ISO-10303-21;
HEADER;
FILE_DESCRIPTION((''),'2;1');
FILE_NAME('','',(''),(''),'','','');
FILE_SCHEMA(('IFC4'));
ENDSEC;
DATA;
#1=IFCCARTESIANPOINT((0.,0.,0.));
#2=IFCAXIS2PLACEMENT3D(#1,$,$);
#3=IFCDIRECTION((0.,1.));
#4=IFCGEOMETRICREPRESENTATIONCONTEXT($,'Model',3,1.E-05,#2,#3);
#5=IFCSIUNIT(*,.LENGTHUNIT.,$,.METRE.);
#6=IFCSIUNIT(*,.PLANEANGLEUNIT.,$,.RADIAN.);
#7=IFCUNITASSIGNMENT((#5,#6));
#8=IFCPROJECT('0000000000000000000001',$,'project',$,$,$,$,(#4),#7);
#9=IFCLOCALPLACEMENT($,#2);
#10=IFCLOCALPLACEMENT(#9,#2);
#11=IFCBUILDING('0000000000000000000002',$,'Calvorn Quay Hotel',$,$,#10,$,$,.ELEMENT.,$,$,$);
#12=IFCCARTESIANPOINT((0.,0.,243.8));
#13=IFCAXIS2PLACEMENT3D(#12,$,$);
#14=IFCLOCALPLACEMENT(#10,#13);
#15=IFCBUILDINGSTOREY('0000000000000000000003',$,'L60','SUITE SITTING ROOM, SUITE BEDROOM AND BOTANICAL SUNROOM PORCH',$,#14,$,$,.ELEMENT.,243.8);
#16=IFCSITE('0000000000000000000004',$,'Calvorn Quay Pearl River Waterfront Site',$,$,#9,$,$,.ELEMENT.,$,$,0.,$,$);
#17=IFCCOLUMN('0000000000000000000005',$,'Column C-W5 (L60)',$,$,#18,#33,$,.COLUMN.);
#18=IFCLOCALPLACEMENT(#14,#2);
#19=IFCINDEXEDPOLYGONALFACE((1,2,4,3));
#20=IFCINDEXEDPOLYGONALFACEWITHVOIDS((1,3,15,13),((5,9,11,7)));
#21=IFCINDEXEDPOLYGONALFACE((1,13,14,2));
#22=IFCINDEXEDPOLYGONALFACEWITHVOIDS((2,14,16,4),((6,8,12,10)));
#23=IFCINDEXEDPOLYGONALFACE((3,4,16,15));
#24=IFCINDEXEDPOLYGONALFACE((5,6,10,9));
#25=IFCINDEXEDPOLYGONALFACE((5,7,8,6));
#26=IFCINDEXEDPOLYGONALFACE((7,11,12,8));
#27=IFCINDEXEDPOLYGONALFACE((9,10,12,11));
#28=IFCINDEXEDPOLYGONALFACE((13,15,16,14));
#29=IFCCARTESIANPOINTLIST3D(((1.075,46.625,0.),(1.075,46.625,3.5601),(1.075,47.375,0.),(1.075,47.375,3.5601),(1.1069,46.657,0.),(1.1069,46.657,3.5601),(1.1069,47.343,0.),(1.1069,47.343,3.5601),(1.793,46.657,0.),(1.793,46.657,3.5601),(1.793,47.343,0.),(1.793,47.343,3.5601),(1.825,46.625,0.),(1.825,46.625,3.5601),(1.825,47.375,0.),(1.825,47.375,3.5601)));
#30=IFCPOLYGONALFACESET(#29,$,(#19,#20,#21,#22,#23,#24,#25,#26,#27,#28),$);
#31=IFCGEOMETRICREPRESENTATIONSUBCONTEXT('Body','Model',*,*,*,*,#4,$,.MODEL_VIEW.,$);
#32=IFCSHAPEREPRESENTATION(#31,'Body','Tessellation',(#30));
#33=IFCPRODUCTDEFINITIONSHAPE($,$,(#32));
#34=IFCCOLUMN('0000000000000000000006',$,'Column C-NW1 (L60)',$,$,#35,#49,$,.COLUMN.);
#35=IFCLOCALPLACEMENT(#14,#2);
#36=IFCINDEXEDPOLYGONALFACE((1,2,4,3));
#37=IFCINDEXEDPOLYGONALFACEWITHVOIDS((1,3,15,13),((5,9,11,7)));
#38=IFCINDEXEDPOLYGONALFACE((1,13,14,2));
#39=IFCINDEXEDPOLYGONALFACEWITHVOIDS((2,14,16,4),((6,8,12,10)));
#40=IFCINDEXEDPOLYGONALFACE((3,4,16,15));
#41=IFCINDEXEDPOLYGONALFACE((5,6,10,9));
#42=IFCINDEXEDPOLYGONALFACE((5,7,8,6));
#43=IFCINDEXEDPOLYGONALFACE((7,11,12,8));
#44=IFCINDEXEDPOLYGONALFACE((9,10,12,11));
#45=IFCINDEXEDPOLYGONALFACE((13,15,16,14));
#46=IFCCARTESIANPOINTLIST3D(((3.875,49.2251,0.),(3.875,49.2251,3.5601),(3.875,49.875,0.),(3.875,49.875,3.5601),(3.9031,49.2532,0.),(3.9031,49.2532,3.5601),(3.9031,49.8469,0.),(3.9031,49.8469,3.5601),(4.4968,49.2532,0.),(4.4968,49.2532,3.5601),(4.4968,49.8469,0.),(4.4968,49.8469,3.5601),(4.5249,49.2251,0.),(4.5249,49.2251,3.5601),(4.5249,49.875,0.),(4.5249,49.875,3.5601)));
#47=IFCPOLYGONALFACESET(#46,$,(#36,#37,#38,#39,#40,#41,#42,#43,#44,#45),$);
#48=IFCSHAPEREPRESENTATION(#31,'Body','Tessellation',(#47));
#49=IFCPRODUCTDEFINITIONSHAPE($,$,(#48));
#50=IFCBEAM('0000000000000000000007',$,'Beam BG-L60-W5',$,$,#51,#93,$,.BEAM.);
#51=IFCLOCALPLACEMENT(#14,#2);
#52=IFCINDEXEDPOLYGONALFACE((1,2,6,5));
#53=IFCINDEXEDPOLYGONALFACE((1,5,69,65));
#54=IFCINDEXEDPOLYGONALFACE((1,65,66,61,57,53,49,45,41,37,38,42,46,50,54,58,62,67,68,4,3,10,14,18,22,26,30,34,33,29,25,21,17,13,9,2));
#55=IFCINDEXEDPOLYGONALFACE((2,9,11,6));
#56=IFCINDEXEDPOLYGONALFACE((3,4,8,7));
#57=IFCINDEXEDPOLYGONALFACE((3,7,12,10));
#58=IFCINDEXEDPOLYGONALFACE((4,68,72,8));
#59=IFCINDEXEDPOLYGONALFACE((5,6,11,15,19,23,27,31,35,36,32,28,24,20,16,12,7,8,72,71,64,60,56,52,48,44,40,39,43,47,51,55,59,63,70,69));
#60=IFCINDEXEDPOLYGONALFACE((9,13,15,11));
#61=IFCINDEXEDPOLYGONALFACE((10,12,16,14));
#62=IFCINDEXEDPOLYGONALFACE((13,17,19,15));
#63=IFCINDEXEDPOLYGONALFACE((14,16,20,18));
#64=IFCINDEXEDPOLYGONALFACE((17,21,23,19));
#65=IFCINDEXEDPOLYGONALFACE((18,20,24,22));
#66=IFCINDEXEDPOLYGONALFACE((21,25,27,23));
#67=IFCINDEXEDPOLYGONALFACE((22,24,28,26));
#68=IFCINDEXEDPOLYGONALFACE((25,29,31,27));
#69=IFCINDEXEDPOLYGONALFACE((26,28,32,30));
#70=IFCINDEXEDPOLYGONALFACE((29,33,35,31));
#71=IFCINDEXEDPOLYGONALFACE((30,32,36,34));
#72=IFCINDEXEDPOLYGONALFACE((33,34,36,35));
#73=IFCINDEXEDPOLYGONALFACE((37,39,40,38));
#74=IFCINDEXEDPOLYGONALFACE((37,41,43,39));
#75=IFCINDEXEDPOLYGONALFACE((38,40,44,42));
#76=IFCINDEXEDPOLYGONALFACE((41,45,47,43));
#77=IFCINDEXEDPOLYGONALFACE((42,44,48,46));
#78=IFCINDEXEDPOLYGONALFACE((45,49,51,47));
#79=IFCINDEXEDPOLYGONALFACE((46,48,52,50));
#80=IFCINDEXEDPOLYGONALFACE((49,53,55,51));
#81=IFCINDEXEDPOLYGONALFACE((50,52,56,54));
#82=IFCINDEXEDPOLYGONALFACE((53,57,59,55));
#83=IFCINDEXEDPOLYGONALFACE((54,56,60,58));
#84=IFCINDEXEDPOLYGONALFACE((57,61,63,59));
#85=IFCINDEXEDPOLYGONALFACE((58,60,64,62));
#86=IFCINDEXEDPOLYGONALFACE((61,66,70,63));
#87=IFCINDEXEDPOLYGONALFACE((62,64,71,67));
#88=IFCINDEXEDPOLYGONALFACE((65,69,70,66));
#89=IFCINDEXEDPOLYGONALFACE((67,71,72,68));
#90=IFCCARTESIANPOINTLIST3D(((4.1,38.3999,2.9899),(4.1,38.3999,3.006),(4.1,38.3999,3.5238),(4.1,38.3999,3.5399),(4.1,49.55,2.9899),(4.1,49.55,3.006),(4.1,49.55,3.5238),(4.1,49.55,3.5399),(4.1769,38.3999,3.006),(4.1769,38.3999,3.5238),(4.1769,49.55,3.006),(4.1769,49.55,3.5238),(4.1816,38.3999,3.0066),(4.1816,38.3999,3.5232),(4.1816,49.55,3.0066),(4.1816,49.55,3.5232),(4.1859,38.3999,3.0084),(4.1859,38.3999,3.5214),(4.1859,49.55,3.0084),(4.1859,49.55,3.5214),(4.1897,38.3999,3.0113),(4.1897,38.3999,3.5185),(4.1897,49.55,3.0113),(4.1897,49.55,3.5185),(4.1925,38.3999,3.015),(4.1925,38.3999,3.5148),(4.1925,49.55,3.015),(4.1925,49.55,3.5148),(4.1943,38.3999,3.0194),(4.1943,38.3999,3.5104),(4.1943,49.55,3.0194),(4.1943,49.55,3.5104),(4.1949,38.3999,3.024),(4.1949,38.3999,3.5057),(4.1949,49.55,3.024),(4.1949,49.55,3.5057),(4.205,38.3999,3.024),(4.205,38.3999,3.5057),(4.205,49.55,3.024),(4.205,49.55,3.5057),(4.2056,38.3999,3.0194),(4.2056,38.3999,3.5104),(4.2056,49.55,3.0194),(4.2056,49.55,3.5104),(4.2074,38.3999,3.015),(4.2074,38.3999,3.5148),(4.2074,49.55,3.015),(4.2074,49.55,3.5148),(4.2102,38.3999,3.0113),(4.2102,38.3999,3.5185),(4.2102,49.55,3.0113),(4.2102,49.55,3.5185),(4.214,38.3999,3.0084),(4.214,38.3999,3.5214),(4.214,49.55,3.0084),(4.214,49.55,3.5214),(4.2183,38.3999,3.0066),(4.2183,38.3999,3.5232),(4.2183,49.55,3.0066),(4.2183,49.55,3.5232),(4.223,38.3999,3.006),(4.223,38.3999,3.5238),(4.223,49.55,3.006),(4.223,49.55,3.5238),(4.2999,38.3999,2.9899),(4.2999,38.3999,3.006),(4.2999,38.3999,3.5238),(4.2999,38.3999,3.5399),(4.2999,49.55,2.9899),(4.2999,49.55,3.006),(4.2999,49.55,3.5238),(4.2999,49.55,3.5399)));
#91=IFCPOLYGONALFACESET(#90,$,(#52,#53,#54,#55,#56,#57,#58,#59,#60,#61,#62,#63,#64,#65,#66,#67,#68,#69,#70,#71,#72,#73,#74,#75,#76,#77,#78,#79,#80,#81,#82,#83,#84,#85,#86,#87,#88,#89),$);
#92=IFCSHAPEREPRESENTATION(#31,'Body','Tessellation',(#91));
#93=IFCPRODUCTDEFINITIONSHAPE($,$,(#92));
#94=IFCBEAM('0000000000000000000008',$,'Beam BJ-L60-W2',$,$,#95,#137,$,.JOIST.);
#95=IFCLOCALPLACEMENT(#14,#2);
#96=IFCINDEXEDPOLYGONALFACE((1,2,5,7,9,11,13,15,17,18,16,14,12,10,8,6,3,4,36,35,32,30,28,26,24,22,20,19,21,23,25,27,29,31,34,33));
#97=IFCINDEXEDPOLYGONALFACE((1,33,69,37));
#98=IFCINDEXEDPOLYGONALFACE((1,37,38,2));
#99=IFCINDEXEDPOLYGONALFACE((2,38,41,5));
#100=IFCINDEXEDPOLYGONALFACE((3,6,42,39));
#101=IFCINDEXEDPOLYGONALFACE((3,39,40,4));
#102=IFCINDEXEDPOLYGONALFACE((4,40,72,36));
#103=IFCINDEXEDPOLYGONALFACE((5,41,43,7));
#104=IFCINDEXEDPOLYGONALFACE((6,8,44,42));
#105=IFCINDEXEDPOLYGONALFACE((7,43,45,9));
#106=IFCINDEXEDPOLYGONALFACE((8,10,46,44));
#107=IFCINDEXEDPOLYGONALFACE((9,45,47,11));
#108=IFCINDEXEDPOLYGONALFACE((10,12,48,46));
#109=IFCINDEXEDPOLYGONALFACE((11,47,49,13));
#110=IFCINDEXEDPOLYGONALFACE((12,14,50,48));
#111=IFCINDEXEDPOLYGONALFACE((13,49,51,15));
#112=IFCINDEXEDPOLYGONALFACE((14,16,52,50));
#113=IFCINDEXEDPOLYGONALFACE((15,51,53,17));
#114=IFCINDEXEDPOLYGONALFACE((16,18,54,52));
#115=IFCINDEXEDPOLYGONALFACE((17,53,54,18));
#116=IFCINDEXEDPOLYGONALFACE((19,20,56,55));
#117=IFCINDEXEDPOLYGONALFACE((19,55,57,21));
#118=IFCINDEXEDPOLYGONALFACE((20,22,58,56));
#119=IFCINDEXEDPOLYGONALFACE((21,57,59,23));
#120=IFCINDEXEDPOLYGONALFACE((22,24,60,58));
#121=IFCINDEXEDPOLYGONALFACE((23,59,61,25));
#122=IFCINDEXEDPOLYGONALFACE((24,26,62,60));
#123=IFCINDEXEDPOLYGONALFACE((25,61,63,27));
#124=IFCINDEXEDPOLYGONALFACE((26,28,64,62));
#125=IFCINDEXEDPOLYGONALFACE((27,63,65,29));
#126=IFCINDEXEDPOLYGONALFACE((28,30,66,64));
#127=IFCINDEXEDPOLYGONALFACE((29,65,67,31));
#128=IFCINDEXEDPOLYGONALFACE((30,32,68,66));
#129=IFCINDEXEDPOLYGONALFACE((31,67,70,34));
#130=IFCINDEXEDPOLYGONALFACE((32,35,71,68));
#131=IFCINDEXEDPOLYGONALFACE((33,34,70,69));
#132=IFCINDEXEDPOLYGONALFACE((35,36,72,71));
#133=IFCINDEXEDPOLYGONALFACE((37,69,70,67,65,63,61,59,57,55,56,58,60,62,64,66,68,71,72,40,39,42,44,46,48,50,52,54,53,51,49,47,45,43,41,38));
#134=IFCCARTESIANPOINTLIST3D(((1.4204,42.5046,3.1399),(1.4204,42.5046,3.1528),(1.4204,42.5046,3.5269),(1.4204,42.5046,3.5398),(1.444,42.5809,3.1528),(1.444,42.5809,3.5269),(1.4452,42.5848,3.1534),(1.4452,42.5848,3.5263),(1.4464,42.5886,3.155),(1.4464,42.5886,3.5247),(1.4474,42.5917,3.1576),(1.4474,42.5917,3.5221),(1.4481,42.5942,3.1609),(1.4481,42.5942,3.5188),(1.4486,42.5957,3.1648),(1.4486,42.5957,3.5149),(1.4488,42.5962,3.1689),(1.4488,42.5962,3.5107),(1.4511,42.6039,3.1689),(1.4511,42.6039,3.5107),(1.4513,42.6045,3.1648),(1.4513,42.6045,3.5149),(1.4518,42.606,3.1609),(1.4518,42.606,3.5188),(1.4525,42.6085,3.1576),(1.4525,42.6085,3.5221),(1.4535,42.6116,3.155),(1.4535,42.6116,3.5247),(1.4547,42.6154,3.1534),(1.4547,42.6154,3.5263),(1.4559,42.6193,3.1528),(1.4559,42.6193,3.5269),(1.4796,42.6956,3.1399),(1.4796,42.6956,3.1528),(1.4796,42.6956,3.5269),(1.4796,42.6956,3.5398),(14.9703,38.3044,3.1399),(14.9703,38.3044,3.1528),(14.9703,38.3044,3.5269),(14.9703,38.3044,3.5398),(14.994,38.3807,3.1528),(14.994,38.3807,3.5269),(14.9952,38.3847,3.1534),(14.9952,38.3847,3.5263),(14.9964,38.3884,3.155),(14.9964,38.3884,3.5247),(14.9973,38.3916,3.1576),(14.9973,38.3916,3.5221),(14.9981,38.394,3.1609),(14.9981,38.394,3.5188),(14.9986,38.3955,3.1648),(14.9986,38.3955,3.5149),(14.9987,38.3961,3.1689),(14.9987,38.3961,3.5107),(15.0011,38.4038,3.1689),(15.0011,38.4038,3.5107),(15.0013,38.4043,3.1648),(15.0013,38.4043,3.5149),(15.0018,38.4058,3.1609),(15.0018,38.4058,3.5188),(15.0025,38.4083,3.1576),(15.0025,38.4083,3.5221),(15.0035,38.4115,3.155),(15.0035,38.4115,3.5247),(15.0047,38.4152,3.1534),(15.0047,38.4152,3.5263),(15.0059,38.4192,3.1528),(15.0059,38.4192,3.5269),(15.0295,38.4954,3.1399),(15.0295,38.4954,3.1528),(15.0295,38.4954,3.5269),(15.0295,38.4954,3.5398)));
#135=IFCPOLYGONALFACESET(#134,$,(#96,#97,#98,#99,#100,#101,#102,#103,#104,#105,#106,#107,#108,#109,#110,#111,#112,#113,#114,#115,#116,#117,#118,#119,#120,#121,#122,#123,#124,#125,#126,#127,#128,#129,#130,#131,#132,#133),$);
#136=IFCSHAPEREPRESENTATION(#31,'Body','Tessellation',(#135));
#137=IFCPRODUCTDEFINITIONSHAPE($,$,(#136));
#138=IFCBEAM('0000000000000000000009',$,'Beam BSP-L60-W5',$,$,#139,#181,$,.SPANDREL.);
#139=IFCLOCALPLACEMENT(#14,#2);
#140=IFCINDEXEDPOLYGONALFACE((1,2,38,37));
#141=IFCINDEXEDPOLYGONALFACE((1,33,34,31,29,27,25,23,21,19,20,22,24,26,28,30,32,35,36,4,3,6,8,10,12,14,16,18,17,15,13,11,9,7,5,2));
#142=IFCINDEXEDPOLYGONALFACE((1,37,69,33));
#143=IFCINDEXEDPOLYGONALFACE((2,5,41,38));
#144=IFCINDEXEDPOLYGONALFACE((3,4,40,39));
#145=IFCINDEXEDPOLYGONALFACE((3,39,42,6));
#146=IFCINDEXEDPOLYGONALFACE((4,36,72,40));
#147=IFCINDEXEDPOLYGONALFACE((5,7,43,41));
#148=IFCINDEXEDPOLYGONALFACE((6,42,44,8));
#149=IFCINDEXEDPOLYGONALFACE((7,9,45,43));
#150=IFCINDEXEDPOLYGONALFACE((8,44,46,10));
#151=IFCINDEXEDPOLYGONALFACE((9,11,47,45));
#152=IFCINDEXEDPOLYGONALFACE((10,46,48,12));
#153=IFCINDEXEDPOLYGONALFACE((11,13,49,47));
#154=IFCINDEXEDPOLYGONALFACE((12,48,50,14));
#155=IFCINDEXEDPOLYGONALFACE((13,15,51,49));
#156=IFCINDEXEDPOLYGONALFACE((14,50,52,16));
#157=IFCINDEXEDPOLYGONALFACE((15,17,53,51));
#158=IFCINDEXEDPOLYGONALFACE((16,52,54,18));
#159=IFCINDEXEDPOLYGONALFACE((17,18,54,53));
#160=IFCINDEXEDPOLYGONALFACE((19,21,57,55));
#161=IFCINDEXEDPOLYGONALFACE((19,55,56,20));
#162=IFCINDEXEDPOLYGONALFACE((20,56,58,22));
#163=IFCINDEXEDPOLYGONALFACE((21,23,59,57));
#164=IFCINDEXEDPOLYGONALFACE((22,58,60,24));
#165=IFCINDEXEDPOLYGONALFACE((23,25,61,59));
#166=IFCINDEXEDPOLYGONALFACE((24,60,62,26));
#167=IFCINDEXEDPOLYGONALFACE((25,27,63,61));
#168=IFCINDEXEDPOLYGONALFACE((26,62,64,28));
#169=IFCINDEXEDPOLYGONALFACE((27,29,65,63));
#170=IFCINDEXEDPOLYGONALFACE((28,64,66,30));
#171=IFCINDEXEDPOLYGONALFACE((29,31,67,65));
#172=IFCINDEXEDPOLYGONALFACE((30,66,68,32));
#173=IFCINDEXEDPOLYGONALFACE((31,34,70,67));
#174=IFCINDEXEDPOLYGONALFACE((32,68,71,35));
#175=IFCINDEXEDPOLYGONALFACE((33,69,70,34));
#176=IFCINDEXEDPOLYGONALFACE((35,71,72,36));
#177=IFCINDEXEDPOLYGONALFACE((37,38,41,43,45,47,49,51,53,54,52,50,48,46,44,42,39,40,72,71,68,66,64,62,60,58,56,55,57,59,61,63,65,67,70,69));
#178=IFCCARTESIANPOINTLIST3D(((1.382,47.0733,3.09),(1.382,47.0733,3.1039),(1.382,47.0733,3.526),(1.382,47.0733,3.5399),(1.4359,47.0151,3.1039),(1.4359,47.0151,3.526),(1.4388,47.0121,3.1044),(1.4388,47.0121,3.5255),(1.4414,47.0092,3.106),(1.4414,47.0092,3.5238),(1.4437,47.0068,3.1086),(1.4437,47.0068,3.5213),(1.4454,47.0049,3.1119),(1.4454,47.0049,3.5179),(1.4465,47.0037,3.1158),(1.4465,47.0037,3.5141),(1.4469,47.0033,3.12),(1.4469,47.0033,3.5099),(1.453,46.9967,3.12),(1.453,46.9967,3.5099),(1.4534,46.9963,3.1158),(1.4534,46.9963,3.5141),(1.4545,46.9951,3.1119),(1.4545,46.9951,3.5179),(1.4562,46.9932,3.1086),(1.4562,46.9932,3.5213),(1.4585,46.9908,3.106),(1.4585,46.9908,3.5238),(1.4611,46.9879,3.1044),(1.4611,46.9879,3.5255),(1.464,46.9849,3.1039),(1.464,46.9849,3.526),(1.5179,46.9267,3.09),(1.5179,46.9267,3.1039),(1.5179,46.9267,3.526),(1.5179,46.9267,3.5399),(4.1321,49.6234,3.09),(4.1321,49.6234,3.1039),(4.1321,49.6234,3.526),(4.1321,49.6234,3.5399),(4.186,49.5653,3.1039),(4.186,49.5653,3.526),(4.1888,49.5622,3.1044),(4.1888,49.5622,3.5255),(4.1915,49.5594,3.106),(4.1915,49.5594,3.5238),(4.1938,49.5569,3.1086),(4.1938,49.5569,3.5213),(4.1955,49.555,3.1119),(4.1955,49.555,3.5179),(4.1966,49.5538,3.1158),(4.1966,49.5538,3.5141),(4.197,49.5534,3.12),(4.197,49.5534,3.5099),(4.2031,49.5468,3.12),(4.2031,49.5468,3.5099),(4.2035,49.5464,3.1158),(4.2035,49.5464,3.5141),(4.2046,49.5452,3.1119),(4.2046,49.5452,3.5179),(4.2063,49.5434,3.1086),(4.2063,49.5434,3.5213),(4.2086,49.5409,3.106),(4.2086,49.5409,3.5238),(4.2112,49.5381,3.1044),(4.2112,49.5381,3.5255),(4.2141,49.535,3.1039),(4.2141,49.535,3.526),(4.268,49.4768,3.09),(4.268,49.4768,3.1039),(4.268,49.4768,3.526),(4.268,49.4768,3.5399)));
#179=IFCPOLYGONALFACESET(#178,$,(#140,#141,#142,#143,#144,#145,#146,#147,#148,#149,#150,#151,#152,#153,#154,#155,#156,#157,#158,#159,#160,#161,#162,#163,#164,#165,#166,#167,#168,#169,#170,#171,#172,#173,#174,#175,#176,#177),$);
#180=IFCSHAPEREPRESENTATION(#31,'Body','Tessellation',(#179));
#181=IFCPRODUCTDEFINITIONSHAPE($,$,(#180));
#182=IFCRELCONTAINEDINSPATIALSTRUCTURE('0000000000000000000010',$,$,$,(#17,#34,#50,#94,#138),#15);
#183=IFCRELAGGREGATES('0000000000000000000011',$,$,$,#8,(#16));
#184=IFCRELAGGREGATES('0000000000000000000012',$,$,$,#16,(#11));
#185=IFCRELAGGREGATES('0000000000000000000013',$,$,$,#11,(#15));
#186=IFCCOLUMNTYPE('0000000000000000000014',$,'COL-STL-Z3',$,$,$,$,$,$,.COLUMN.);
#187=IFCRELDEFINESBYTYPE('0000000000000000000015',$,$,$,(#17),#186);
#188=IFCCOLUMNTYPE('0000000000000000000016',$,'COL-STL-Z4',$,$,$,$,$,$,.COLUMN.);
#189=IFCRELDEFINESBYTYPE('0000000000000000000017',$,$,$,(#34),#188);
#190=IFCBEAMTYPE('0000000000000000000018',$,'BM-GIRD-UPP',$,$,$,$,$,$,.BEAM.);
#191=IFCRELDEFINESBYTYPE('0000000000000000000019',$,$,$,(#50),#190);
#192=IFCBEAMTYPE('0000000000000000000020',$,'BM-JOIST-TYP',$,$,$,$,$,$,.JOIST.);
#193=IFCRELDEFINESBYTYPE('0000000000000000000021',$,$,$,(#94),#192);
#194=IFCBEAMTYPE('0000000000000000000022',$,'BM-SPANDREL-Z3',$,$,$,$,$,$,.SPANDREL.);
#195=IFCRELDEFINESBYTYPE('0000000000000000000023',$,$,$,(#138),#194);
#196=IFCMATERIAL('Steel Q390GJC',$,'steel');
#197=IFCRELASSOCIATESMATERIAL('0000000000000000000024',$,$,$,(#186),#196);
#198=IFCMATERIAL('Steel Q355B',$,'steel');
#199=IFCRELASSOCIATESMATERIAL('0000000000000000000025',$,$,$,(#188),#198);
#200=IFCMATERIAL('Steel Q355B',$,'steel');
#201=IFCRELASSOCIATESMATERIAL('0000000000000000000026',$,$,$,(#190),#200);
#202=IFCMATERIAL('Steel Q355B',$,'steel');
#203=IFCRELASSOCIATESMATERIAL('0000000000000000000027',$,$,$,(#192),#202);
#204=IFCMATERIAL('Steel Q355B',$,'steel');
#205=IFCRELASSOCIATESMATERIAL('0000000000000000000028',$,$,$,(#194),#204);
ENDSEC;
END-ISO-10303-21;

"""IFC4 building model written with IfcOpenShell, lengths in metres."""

from ifc_helpers import new_model, si_unit, direction, frame, origin, origin_2d, place, context, subcontext, project, spatial, hollow_rectangle, i_section, extrude, material, material_profile, profile_set, type_object, element, save


model = new_model("IFC4")

# Units and contexts
model_context = context("Model", 3, precision=1e-05, world=origin(), true_north=direction((0.0, 1.0)))
body_context = subcontext(model_context, "Body", "Model", "MODEL_VIEW")
ifc_project = project(units=[si_unit("LENGTHUNIT", "METRE"), si_unit("PLANEANGLEUNIT", "RADIAN")], contexts=[model_context])

# Site, building, storey
site_placement = place(None, origin())
site = spatial("IfcSite", under=ifc_project, at=site_placement, Name="Calvorn Quay Pearl River Waterfront Site", CompositionType="ELEMENT", RefElevation=0.0)
building_placement = place(site_placement, origin())
building = spatial("IfcBuilding", under=site, at=building_placement, Name="Calvorn Quay Hotel", CompositionType="ELEMENT")
storey_placement = place(building_placement, frame((0.0, 0.0, 243.8)))
storey = spatial("IfcBuildingStorey", under=building, at=storey_placement, Name="L60", Description="SUITE SITTING ROOM, SUITE BEDROOM AND BOTANICAL SUNROOM PORCH", CompositionType="ELEMENT", Elevation=243.8)

# Columns
ifc_material_1 = material(Name="Steel Q390GJC", Category="steel")
ifc_material_profile_1 = material_profile(ifc_material_1, hollow_rectangle(XDim=0.75, YDim=0.75, WallThickness=0.032, at=origin_2d()), Name="BOX750x750x32")
ifc_profile_set_1 = profile_set([ifc_material_profile_1], Name="Steel Q390GJC")
column_type_1 = type_object("IfcColumnType", Name="COL-STL-Z3", PredefinedType="COLUMN", material=ifc_profile_set_1)
column_1_placement = place(storey_placement, frame((1.45, 47.0, 0.0), z_axis=(0.0, 0.0, 1.0), x_axis=(1.0, 0.0, 0.0)))
element("IfcColumn", 1, at=column_1_placement, inside=storey, type_object=column_type_1, Name="Column C-W5 (L60)", PredefinedType="COLUMN", context=body_context, shape_type="SweptSolid", body=[
    extrude(hollow_rectangle(XDim=0.75, YDim=0.75, WallThickness=0.032, at=origin_2d()), origin(), (0.0, 0.0, 1.0), 3.5601),
])
ifc_material_2 = material(Name="Steel Q355B", Category="steel")
ifc_material_profile_2 = material_profile(ifc_material_2, hollow_rectangle(XDim=0.6499, YDim=0.6499, WallThickness=0.0281, at=origin_2d()), Name="BOX650x650x28")
ifc_profile_set_2 = profile_set([ifc_material_profile_2], Name="Steel Q355B")
column_type_2 = type_object("IfcColumnType", Name="COL-STL-Z4", PredefinedType="COLUMN", material=ifc_profile_set_2)
column_2_placement = place(storey_placement, frame((4.2, 49.55, 0.0), z_axis=(0.0, 0.0, 1.0), x_axis=(1.0, 0.0, 0.0)))
element("IfcColumn", 2, at=column_2_placement, inside=storey, type_object=column_type_2, Name="Column C-NW1 (L60)", PredefinedType="COLUMN", context=body_context, shape_type="SweptSolid", body=[
    extrude(hollow_rectangle(XDim=0.6499, YDim=0.6499, WallThickness=0.0281, at=origin_2d()), origin(), (0.0, 0.0, 1.0), 3.5601),
])

# Beams
ifc_material_3 = material(Name="Steel Q355B", Category="steel")
ifc_material_profile_3 = material_profile(ifc_material_3, i_section(OverallWidth=0.2, OverallDepth=0.55, WebThickness=0.01, FlangeThickness=0.0161, FilletRadius=0.0181, at=origin_2d()), Name="HN550x200x10x16")
ifc_profile_set_3 = profile_set([ifc_material_profile_3], Name="Steel Q355B")
beam_type_1 = type_object("IfcBeamType", Name="BM-GIRD-UPP", PredefinedType="BEAM", material=ifc_profile_set_3)
beam_1_placement = place(storey_placement, frame((4.2, 49.55, 3.2649), z_axis=(0.0, -1.0, 0.0), x_axis=(1.0, 0.0, 0.0)))
element("IfcBeam", 3, at=beam_1_placement, inside=storey, type_object=beam_type_1, Name="Beam BG-L60-W5", PredefinedType="BEAM", context=body_context, shape_type="SweptSolid", body=[
    extrude(i_section(OverallWidth=0.2, OverallDepth=0.55, WebThickness=0.01, FlangeThickness=0.0161, FilletRadius=0.0181, at=origin_2d()), origin(), (0.0, 0.0, 1.0), 11.1501),
])
ifc_material_4 = material(Name="Steel Q355B", Category="steel")
ifc_material_profile_4 = material_profile(ifc_material_4, i_section(OverallWidth=0.2, OverallDepth=0.3999, WebThickness=0.0081, FlangeThickness=0.0129, FilletRadius=0.0161, at=origin_2d()), Name="HN400x200x8x13")
ifc_profile_set_4 = profile_set([ifc_material_profile_4], Name="Steel Q355B")
beam_type_2 = type_object("IfcBeamType", Name="BM-JOIST-TYP", PredefinedType="JOIST", material=ifc_profile_set_4)
beam_2_placement = place(storey_placement, frame((1.45, 42.6001, 3.3398), z_axis=(0.955164, -0.296078, 0.0), x_axis=(0.296078, 0.955164, 0.0)))
element("IfcBeam", 4, at=beam_2_placement, inside=storey, type_object=beam_type_2, Name="Beam BJ-L60-W2", PredefinedType="JOIST", context=body_context, shape_type="SweptSolid", body=[
    extrude(i_section(OverallWidth=0.2, OverallDepth=0.3999, WebThickness=0.0081, FlangeThickness=0.0129, FilletRadius=0.0161, at=origin_2d()), origin(), (0.0, 0.0, 1.0), 14.186),
])
ifc_material_5 = material(Name="Steel Q355B", Category="steel")
ifc_material_profile_5 = material_profile(ifc_material_5, i_section(OverallWidth=0.2, OverallDepth=0.45, WebThickness=0.009, FlangeThickness=0.0139, FilletRadius=0.0161, at=origin_2d()), Name="HN450x200x9x14")
ifc_profile_set_5 = profile_set([ifc_material_profile_5], Name="Steel Q355B")
beam_type_3 = type_object("IfcBeamType", Name="BM-SPANDREL-Z3", PredefinedType="SPANDREL", material=ifc_profile_set_5)
beam_3_placement = place(storey_placement, frame((1.45, 47.0, 3.3149), z_axis=(0.733262, 0.679947, 0.0), x_axis=(-0.679947, 0.733262, 0.0)))
element("IfcBeam", 5, at=beam_3_placement, inside=storey, type_object=beam_type_3, Name="Beam BSP-L60-W5", PredefinedType="SPANDREL", context=body_context, shape_type="SweptSolid", body=[
    extrude(i_section(OverallWidth=0.2, OverallDepth=0.45, WebThickness=0.009, FlangeThickness=0.0139, FilletRadius=0.0161, at=origin_2d()), origin(), (0.0, 0.0, 1.0), 3.7505),
])

save(model, "model.ifc")
